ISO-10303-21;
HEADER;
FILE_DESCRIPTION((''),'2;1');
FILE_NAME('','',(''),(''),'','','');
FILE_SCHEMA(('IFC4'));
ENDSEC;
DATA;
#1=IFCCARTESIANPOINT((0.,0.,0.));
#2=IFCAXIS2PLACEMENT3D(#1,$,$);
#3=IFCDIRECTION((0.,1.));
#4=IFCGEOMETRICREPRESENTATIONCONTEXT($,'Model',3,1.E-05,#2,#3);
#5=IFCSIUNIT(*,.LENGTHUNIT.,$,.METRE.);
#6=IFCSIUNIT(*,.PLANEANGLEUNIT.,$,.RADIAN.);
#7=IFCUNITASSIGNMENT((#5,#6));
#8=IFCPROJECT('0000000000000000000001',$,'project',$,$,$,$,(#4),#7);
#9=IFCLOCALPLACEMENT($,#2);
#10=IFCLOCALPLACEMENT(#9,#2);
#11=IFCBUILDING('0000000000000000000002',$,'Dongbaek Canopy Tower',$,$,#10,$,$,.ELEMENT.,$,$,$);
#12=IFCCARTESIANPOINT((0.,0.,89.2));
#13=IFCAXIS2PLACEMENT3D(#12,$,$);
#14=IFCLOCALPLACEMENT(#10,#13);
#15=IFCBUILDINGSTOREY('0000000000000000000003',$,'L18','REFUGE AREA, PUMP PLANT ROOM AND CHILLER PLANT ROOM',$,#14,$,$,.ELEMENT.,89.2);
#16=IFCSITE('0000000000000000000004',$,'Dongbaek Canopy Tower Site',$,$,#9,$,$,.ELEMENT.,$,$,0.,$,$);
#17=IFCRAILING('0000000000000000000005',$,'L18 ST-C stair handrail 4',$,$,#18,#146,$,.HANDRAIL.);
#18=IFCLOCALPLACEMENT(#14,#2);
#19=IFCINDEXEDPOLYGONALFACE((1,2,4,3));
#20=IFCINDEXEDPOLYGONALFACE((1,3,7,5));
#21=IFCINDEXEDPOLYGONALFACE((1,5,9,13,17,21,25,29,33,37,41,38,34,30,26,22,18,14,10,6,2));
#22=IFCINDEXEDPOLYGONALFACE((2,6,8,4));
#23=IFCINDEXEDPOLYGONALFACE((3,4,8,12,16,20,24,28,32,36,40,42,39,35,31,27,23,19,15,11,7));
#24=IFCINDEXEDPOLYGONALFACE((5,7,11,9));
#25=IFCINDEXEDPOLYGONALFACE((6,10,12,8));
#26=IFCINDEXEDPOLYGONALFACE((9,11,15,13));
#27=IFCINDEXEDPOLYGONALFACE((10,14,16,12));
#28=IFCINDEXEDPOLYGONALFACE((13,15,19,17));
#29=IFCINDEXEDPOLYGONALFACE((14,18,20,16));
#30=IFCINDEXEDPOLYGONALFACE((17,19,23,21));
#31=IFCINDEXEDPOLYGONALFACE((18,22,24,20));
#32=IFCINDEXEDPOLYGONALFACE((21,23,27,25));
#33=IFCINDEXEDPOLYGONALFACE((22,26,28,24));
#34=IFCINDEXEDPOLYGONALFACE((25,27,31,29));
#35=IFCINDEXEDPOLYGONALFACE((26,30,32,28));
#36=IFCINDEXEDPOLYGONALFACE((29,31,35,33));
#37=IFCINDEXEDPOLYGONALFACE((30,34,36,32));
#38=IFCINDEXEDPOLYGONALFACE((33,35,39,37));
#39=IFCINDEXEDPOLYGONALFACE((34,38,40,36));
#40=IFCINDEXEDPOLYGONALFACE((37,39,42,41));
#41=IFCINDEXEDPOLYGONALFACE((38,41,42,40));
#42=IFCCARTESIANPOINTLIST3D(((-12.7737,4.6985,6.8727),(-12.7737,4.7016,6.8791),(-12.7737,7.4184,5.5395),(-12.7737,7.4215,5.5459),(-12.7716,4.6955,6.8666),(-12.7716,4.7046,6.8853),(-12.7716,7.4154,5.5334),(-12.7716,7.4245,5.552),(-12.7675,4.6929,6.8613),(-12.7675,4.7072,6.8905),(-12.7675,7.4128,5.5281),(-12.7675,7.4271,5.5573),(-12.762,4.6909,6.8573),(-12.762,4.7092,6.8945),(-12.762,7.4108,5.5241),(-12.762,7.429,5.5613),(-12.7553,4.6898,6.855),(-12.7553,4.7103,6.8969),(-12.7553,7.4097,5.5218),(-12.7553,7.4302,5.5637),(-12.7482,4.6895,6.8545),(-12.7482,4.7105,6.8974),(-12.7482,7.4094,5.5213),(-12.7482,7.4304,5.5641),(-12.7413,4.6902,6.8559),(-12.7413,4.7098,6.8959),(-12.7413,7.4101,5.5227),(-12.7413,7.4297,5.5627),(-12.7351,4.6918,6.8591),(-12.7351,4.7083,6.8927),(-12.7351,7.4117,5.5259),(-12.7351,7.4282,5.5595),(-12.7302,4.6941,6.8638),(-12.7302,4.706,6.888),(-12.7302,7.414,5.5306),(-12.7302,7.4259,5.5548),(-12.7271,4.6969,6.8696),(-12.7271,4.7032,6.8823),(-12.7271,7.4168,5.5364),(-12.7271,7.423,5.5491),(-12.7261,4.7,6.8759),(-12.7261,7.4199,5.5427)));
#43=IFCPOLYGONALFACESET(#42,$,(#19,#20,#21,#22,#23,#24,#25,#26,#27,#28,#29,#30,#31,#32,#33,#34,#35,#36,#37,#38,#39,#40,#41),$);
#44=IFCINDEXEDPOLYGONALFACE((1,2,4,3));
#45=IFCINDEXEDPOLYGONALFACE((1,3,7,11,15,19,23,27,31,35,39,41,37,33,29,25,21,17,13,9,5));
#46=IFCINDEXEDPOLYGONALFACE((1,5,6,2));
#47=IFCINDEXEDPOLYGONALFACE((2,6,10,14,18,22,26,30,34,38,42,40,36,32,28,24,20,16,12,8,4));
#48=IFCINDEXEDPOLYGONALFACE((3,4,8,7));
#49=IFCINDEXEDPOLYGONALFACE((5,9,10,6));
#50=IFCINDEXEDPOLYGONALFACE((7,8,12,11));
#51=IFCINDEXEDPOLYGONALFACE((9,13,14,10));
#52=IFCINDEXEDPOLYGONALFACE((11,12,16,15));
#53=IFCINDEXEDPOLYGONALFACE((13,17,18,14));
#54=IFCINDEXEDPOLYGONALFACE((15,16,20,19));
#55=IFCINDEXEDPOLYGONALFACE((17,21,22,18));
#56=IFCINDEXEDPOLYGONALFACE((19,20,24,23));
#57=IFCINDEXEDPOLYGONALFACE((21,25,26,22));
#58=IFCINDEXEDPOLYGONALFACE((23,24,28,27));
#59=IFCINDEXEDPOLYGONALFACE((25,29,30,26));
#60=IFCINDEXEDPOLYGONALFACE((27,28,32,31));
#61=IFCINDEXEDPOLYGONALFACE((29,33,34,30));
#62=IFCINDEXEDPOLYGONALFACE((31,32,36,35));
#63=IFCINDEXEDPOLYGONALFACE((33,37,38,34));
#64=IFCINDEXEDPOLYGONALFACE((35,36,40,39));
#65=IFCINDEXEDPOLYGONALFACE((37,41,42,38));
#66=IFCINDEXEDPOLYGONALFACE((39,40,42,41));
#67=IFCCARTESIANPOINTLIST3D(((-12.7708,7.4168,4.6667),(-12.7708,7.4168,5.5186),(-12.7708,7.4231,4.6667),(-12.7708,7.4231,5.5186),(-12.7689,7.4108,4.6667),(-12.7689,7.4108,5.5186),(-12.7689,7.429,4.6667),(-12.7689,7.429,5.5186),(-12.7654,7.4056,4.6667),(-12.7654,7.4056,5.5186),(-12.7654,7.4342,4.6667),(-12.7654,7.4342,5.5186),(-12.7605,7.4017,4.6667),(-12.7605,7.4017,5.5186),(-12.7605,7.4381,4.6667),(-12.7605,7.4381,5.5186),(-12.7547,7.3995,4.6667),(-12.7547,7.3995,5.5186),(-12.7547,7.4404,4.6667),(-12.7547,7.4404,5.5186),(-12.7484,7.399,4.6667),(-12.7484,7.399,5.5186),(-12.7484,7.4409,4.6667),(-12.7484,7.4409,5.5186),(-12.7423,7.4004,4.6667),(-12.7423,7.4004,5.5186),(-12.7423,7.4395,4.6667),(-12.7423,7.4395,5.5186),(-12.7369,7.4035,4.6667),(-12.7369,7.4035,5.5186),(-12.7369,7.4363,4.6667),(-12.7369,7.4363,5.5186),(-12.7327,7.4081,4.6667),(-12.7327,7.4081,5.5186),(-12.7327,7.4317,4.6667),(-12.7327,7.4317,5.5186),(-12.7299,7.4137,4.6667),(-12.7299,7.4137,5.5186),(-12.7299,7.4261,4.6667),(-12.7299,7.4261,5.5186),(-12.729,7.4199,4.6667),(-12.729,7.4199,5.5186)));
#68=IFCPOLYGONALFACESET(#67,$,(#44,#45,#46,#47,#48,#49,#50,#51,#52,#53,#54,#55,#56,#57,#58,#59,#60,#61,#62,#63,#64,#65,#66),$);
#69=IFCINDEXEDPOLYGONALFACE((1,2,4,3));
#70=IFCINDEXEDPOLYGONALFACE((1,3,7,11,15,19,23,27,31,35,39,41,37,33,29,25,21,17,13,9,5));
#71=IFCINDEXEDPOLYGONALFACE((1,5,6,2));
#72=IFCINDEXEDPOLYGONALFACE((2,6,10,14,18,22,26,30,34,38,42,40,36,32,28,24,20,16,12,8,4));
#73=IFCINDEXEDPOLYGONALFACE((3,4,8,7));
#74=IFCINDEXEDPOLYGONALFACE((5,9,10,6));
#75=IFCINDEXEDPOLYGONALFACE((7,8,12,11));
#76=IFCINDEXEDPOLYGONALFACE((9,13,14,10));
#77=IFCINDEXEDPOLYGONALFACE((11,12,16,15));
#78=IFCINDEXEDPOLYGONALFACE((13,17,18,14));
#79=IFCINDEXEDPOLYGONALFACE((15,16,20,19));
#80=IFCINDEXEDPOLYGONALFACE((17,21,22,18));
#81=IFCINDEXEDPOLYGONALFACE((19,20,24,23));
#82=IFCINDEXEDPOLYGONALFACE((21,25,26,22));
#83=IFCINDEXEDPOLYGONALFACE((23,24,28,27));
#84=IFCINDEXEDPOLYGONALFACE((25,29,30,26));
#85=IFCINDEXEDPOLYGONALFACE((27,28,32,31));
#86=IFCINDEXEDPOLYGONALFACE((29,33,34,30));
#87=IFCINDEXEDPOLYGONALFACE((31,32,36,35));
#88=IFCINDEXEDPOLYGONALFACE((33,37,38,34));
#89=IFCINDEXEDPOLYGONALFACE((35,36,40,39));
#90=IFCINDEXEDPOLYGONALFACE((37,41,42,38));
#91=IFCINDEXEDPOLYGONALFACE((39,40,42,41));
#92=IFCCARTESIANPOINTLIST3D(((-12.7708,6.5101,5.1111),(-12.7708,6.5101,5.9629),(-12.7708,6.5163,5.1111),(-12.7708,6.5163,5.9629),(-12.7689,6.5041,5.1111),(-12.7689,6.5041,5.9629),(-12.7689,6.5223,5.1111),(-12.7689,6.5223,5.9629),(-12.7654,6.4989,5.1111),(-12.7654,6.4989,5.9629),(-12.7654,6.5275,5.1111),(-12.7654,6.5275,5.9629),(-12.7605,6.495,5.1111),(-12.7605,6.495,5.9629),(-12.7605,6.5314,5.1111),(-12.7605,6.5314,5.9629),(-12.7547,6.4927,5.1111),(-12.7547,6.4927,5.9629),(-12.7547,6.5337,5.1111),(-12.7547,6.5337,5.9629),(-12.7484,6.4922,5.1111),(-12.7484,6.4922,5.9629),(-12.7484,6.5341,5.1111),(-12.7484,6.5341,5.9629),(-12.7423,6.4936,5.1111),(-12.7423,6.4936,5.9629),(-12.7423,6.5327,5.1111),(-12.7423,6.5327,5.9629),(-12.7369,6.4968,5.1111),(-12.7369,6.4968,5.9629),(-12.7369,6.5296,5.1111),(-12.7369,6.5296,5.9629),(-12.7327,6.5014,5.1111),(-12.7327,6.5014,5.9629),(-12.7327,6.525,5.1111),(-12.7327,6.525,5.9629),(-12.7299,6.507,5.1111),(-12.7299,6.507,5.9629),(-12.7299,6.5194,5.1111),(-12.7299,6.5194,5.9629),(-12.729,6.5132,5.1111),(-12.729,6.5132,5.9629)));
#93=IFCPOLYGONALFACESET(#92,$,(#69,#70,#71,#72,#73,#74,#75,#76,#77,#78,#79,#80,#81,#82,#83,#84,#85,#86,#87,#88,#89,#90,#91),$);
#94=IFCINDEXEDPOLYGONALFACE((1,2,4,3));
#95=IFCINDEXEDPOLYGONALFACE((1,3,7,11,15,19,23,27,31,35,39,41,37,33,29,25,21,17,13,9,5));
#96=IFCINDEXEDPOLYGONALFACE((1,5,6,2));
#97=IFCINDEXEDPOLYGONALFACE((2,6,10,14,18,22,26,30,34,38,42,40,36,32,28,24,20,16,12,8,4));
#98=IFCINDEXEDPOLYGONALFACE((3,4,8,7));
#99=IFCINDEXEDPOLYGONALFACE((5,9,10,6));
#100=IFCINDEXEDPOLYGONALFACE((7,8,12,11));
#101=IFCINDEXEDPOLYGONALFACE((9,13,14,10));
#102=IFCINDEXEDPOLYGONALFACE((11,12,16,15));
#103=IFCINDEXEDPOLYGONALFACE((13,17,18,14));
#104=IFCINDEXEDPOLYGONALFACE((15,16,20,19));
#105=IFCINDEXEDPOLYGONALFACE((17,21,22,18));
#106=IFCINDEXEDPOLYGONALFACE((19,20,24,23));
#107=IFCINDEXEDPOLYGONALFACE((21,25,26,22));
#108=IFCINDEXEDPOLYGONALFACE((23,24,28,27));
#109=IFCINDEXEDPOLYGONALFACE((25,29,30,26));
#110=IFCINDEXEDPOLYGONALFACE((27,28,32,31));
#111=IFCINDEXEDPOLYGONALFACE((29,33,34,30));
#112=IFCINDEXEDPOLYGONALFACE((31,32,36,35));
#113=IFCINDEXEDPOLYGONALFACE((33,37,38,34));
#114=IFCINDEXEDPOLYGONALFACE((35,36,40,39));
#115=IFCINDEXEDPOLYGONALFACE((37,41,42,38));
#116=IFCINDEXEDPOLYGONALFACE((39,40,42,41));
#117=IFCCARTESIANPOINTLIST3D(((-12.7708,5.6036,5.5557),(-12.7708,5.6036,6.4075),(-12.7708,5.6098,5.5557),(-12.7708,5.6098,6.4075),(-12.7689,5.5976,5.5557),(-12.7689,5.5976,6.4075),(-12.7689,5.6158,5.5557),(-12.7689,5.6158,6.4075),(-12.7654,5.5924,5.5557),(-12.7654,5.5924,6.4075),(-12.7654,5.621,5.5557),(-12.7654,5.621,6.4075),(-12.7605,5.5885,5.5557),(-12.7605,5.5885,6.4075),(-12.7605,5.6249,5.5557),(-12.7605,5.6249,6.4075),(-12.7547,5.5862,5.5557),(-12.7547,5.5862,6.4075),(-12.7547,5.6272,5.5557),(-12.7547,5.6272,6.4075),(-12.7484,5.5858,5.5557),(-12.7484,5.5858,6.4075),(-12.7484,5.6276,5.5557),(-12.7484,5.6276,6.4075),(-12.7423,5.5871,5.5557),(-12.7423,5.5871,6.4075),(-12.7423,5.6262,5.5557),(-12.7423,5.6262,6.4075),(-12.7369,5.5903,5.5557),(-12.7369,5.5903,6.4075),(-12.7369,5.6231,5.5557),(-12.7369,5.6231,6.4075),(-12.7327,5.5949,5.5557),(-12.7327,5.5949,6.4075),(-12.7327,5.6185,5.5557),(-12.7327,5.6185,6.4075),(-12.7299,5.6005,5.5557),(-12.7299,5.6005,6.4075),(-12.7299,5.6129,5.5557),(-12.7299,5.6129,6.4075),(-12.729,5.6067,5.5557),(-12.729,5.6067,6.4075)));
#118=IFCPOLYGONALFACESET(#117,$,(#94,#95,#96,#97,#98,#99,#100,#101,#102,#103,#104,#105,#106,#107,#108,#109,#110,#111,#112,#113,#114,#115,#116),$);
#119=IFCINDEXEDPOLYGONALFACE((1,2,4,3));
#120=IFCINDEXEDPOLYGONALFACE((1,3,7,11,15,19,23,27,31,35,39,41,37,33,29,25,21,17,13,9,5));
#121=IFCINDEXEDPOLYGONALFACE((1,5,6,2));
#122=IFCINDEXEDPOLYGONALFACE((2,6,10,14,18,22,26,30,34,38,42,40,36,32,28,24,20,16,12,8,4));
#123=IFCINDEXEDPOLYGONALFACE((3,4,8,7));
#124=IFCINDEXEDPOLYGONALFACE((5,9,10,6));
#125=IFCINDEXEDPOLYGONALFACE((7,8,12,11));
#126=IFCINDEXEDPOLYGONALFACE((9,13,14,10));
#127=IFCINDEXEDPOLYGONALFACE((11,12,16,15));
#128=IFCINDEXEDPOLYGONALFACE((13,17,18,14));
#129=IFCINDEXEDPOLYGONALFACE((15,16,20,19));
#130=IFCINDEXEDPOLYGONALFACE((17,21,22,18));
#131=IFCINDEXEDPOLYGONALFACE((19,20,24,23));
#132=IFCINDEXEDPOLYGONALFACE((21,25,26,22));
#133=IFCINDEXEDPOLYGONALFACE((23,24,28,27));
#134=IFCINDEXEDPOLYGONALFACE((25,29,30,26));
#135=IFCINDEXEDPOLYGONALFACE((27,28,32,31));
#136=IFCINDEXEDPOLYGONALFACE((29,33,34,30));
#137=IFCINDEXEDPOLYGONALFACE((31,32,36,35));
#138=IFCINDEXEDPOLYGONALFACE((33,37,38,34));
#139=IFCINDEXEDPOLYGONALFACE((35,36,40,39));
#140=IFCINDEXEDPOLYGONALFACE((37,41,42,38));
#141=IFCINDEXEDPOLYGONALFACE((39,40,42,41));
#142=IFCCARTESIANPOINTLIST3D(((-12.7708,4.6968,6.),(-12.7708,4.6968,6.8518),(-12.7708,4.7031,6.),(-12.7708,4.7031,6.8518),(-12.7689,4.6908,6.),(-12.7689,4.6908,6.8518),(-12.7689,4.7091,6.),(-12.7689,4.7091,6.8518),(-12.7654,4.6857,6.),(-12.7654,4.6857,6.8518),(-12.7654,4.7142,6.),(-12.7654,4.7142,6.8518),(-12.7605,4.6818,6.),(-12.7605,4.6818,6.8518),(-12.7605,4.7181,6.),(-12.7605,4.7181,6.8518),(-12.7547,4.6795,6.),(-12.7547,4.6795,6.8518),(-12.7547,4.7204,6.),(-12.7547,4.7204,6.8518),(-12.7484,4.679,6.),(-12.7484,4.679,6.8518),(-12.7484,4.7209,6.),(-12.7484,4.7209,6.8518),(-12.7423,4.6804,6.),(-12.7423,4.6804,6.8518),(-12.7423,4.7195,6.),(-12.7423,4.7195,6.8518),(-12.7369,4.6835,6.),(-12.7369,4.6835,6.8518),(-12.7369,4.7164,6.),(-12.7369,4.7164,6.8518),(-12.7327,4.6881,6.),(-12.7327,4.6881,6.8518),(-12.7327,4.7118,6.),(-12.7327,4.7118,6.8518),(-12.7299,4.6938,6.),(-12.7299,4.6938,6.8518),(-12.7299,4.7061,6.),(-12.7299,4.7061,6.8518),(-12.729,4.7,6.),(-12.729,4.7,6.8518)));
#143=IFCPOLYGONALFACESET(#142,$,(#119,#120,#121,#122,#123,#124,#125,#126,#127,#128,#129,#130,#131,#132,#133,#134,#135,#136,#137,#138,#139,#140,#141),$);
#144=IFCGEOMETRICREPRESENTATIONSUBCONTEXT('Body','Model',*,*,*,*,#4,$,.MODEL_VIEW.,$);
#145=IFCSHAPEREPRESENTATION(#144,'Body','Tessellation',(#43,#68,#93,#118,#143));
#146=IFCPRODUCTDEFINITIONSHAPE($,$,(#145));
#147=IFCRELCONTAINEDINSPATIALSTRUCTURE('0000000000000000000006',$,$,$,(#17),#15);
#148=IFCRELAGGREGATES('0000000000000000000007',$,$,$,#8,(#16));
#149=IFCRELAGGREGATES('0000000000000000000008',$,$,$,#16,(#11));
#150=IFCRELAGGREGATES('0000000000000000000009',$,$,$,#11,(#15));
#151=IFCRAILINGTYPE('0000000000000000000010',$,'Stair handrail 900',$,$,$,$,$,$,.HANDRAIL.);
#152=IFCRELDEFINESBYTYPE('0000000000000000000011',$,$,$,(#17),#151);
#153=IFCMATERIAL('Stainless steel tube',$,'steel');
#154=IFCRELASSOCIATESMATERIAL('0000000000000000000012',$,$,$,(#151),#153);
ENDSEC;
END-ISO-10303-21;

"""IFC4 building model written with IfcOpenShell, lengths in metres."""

from ifc_helpers import new_model, si_unit, direction, frame, origin, origin_2d, place, context, subcontext, project, spatial, circle, extrude, material, type_object, element, save


model = new_model("IFC4")

# Units and contexts
model_context = context("Model", 3, precision=1e-05, world=origin(), true_north=direction((0.0, 1.0)))
body_context = subcontext(model_context, "Body", "Model", "MODEL_VIEW")
ifc_project = project(units=[si_unit("LENGTHUNIT", "METRE"), si_unit("PLANEANGLEUNIT", "RADIAN")], contexts=[model_context])

# Site, building, storey
site_placement = place(None, origin())
site = spatial("IfcSite", under=ifc_project, at=site_placement, Name="Dongbaek Canopy Tower Site", CompositionType="ELEMENT", RefElevation=0.0)
building_placement = place(site_placement, origin())
building = spatial("IfcBuilding", under=site, at=building_placement, Name="Dongbaek Canopy Tower", CompositionType="ELEMENT")
storey_placement = place(building_placement, frame((0.0, 0.0, 89.2)))
storey = spatial("IfcBuildingStorey", under=building, at=storey_placement, Name="L18", Description="REFUGE AREA, PUMP PLANT ROOM AND CHILLER PLANT ROOM", CompositionType="ELEMENT", Elevation=89.2)

# Railing
ifc_material_1 = material(Name="Stainless steel tube", Category="steel")
railing_type_1 = type_object("IfcRailingType", Name="Stair handrail 900", PredefinedType="HANDRAIL", material=ifc_material_1)
railing_1_placement = place(storey_placement, frame((-12.75, 7.4199, 4.6667)))
element("IfcRailing", 1, at=railing_1_placement, inside=storey, type_object=railing_type_1, Name="L18 ST-C stair handrail 4", PredefinedType="HANDRAIL", context=body_context, shape_type="SweptSolid", body=[
    extrude(circle(Radius=0.0239, at=origin_2d()), frame((0.0, 0.0, 0.876), z_axis=(0.0, -0.897929, 0.440139), x_axis=(1.0, 0.0, 0.0)), (0.0, 0.0, 1.0), 3.0291),
    extrude(circle(Radius=0.021, at=origin_2d()), origin(), (0.0, 0.0, 1.0), 0.8518),
    extrude(circle(Radius=0.021, at=origin_2d()), frame((0.0, -0.9067, 0.4443)), (0.0, 0.0, 1.0), 0.8518),
    extrude(circle(Radius=0.021, at=origin_2d()), frame((0.0, -1.8132, 0.8889)), (0.0, 0.0, 1.0), 0.8518),
    extrude(circle(Radius=0.021, at=origin_2d()), frame((0.0, -2.72, 1.3333)), (0.0, 0.0, 1.0), 0.8518),
])

save(model, "model.ifc")
